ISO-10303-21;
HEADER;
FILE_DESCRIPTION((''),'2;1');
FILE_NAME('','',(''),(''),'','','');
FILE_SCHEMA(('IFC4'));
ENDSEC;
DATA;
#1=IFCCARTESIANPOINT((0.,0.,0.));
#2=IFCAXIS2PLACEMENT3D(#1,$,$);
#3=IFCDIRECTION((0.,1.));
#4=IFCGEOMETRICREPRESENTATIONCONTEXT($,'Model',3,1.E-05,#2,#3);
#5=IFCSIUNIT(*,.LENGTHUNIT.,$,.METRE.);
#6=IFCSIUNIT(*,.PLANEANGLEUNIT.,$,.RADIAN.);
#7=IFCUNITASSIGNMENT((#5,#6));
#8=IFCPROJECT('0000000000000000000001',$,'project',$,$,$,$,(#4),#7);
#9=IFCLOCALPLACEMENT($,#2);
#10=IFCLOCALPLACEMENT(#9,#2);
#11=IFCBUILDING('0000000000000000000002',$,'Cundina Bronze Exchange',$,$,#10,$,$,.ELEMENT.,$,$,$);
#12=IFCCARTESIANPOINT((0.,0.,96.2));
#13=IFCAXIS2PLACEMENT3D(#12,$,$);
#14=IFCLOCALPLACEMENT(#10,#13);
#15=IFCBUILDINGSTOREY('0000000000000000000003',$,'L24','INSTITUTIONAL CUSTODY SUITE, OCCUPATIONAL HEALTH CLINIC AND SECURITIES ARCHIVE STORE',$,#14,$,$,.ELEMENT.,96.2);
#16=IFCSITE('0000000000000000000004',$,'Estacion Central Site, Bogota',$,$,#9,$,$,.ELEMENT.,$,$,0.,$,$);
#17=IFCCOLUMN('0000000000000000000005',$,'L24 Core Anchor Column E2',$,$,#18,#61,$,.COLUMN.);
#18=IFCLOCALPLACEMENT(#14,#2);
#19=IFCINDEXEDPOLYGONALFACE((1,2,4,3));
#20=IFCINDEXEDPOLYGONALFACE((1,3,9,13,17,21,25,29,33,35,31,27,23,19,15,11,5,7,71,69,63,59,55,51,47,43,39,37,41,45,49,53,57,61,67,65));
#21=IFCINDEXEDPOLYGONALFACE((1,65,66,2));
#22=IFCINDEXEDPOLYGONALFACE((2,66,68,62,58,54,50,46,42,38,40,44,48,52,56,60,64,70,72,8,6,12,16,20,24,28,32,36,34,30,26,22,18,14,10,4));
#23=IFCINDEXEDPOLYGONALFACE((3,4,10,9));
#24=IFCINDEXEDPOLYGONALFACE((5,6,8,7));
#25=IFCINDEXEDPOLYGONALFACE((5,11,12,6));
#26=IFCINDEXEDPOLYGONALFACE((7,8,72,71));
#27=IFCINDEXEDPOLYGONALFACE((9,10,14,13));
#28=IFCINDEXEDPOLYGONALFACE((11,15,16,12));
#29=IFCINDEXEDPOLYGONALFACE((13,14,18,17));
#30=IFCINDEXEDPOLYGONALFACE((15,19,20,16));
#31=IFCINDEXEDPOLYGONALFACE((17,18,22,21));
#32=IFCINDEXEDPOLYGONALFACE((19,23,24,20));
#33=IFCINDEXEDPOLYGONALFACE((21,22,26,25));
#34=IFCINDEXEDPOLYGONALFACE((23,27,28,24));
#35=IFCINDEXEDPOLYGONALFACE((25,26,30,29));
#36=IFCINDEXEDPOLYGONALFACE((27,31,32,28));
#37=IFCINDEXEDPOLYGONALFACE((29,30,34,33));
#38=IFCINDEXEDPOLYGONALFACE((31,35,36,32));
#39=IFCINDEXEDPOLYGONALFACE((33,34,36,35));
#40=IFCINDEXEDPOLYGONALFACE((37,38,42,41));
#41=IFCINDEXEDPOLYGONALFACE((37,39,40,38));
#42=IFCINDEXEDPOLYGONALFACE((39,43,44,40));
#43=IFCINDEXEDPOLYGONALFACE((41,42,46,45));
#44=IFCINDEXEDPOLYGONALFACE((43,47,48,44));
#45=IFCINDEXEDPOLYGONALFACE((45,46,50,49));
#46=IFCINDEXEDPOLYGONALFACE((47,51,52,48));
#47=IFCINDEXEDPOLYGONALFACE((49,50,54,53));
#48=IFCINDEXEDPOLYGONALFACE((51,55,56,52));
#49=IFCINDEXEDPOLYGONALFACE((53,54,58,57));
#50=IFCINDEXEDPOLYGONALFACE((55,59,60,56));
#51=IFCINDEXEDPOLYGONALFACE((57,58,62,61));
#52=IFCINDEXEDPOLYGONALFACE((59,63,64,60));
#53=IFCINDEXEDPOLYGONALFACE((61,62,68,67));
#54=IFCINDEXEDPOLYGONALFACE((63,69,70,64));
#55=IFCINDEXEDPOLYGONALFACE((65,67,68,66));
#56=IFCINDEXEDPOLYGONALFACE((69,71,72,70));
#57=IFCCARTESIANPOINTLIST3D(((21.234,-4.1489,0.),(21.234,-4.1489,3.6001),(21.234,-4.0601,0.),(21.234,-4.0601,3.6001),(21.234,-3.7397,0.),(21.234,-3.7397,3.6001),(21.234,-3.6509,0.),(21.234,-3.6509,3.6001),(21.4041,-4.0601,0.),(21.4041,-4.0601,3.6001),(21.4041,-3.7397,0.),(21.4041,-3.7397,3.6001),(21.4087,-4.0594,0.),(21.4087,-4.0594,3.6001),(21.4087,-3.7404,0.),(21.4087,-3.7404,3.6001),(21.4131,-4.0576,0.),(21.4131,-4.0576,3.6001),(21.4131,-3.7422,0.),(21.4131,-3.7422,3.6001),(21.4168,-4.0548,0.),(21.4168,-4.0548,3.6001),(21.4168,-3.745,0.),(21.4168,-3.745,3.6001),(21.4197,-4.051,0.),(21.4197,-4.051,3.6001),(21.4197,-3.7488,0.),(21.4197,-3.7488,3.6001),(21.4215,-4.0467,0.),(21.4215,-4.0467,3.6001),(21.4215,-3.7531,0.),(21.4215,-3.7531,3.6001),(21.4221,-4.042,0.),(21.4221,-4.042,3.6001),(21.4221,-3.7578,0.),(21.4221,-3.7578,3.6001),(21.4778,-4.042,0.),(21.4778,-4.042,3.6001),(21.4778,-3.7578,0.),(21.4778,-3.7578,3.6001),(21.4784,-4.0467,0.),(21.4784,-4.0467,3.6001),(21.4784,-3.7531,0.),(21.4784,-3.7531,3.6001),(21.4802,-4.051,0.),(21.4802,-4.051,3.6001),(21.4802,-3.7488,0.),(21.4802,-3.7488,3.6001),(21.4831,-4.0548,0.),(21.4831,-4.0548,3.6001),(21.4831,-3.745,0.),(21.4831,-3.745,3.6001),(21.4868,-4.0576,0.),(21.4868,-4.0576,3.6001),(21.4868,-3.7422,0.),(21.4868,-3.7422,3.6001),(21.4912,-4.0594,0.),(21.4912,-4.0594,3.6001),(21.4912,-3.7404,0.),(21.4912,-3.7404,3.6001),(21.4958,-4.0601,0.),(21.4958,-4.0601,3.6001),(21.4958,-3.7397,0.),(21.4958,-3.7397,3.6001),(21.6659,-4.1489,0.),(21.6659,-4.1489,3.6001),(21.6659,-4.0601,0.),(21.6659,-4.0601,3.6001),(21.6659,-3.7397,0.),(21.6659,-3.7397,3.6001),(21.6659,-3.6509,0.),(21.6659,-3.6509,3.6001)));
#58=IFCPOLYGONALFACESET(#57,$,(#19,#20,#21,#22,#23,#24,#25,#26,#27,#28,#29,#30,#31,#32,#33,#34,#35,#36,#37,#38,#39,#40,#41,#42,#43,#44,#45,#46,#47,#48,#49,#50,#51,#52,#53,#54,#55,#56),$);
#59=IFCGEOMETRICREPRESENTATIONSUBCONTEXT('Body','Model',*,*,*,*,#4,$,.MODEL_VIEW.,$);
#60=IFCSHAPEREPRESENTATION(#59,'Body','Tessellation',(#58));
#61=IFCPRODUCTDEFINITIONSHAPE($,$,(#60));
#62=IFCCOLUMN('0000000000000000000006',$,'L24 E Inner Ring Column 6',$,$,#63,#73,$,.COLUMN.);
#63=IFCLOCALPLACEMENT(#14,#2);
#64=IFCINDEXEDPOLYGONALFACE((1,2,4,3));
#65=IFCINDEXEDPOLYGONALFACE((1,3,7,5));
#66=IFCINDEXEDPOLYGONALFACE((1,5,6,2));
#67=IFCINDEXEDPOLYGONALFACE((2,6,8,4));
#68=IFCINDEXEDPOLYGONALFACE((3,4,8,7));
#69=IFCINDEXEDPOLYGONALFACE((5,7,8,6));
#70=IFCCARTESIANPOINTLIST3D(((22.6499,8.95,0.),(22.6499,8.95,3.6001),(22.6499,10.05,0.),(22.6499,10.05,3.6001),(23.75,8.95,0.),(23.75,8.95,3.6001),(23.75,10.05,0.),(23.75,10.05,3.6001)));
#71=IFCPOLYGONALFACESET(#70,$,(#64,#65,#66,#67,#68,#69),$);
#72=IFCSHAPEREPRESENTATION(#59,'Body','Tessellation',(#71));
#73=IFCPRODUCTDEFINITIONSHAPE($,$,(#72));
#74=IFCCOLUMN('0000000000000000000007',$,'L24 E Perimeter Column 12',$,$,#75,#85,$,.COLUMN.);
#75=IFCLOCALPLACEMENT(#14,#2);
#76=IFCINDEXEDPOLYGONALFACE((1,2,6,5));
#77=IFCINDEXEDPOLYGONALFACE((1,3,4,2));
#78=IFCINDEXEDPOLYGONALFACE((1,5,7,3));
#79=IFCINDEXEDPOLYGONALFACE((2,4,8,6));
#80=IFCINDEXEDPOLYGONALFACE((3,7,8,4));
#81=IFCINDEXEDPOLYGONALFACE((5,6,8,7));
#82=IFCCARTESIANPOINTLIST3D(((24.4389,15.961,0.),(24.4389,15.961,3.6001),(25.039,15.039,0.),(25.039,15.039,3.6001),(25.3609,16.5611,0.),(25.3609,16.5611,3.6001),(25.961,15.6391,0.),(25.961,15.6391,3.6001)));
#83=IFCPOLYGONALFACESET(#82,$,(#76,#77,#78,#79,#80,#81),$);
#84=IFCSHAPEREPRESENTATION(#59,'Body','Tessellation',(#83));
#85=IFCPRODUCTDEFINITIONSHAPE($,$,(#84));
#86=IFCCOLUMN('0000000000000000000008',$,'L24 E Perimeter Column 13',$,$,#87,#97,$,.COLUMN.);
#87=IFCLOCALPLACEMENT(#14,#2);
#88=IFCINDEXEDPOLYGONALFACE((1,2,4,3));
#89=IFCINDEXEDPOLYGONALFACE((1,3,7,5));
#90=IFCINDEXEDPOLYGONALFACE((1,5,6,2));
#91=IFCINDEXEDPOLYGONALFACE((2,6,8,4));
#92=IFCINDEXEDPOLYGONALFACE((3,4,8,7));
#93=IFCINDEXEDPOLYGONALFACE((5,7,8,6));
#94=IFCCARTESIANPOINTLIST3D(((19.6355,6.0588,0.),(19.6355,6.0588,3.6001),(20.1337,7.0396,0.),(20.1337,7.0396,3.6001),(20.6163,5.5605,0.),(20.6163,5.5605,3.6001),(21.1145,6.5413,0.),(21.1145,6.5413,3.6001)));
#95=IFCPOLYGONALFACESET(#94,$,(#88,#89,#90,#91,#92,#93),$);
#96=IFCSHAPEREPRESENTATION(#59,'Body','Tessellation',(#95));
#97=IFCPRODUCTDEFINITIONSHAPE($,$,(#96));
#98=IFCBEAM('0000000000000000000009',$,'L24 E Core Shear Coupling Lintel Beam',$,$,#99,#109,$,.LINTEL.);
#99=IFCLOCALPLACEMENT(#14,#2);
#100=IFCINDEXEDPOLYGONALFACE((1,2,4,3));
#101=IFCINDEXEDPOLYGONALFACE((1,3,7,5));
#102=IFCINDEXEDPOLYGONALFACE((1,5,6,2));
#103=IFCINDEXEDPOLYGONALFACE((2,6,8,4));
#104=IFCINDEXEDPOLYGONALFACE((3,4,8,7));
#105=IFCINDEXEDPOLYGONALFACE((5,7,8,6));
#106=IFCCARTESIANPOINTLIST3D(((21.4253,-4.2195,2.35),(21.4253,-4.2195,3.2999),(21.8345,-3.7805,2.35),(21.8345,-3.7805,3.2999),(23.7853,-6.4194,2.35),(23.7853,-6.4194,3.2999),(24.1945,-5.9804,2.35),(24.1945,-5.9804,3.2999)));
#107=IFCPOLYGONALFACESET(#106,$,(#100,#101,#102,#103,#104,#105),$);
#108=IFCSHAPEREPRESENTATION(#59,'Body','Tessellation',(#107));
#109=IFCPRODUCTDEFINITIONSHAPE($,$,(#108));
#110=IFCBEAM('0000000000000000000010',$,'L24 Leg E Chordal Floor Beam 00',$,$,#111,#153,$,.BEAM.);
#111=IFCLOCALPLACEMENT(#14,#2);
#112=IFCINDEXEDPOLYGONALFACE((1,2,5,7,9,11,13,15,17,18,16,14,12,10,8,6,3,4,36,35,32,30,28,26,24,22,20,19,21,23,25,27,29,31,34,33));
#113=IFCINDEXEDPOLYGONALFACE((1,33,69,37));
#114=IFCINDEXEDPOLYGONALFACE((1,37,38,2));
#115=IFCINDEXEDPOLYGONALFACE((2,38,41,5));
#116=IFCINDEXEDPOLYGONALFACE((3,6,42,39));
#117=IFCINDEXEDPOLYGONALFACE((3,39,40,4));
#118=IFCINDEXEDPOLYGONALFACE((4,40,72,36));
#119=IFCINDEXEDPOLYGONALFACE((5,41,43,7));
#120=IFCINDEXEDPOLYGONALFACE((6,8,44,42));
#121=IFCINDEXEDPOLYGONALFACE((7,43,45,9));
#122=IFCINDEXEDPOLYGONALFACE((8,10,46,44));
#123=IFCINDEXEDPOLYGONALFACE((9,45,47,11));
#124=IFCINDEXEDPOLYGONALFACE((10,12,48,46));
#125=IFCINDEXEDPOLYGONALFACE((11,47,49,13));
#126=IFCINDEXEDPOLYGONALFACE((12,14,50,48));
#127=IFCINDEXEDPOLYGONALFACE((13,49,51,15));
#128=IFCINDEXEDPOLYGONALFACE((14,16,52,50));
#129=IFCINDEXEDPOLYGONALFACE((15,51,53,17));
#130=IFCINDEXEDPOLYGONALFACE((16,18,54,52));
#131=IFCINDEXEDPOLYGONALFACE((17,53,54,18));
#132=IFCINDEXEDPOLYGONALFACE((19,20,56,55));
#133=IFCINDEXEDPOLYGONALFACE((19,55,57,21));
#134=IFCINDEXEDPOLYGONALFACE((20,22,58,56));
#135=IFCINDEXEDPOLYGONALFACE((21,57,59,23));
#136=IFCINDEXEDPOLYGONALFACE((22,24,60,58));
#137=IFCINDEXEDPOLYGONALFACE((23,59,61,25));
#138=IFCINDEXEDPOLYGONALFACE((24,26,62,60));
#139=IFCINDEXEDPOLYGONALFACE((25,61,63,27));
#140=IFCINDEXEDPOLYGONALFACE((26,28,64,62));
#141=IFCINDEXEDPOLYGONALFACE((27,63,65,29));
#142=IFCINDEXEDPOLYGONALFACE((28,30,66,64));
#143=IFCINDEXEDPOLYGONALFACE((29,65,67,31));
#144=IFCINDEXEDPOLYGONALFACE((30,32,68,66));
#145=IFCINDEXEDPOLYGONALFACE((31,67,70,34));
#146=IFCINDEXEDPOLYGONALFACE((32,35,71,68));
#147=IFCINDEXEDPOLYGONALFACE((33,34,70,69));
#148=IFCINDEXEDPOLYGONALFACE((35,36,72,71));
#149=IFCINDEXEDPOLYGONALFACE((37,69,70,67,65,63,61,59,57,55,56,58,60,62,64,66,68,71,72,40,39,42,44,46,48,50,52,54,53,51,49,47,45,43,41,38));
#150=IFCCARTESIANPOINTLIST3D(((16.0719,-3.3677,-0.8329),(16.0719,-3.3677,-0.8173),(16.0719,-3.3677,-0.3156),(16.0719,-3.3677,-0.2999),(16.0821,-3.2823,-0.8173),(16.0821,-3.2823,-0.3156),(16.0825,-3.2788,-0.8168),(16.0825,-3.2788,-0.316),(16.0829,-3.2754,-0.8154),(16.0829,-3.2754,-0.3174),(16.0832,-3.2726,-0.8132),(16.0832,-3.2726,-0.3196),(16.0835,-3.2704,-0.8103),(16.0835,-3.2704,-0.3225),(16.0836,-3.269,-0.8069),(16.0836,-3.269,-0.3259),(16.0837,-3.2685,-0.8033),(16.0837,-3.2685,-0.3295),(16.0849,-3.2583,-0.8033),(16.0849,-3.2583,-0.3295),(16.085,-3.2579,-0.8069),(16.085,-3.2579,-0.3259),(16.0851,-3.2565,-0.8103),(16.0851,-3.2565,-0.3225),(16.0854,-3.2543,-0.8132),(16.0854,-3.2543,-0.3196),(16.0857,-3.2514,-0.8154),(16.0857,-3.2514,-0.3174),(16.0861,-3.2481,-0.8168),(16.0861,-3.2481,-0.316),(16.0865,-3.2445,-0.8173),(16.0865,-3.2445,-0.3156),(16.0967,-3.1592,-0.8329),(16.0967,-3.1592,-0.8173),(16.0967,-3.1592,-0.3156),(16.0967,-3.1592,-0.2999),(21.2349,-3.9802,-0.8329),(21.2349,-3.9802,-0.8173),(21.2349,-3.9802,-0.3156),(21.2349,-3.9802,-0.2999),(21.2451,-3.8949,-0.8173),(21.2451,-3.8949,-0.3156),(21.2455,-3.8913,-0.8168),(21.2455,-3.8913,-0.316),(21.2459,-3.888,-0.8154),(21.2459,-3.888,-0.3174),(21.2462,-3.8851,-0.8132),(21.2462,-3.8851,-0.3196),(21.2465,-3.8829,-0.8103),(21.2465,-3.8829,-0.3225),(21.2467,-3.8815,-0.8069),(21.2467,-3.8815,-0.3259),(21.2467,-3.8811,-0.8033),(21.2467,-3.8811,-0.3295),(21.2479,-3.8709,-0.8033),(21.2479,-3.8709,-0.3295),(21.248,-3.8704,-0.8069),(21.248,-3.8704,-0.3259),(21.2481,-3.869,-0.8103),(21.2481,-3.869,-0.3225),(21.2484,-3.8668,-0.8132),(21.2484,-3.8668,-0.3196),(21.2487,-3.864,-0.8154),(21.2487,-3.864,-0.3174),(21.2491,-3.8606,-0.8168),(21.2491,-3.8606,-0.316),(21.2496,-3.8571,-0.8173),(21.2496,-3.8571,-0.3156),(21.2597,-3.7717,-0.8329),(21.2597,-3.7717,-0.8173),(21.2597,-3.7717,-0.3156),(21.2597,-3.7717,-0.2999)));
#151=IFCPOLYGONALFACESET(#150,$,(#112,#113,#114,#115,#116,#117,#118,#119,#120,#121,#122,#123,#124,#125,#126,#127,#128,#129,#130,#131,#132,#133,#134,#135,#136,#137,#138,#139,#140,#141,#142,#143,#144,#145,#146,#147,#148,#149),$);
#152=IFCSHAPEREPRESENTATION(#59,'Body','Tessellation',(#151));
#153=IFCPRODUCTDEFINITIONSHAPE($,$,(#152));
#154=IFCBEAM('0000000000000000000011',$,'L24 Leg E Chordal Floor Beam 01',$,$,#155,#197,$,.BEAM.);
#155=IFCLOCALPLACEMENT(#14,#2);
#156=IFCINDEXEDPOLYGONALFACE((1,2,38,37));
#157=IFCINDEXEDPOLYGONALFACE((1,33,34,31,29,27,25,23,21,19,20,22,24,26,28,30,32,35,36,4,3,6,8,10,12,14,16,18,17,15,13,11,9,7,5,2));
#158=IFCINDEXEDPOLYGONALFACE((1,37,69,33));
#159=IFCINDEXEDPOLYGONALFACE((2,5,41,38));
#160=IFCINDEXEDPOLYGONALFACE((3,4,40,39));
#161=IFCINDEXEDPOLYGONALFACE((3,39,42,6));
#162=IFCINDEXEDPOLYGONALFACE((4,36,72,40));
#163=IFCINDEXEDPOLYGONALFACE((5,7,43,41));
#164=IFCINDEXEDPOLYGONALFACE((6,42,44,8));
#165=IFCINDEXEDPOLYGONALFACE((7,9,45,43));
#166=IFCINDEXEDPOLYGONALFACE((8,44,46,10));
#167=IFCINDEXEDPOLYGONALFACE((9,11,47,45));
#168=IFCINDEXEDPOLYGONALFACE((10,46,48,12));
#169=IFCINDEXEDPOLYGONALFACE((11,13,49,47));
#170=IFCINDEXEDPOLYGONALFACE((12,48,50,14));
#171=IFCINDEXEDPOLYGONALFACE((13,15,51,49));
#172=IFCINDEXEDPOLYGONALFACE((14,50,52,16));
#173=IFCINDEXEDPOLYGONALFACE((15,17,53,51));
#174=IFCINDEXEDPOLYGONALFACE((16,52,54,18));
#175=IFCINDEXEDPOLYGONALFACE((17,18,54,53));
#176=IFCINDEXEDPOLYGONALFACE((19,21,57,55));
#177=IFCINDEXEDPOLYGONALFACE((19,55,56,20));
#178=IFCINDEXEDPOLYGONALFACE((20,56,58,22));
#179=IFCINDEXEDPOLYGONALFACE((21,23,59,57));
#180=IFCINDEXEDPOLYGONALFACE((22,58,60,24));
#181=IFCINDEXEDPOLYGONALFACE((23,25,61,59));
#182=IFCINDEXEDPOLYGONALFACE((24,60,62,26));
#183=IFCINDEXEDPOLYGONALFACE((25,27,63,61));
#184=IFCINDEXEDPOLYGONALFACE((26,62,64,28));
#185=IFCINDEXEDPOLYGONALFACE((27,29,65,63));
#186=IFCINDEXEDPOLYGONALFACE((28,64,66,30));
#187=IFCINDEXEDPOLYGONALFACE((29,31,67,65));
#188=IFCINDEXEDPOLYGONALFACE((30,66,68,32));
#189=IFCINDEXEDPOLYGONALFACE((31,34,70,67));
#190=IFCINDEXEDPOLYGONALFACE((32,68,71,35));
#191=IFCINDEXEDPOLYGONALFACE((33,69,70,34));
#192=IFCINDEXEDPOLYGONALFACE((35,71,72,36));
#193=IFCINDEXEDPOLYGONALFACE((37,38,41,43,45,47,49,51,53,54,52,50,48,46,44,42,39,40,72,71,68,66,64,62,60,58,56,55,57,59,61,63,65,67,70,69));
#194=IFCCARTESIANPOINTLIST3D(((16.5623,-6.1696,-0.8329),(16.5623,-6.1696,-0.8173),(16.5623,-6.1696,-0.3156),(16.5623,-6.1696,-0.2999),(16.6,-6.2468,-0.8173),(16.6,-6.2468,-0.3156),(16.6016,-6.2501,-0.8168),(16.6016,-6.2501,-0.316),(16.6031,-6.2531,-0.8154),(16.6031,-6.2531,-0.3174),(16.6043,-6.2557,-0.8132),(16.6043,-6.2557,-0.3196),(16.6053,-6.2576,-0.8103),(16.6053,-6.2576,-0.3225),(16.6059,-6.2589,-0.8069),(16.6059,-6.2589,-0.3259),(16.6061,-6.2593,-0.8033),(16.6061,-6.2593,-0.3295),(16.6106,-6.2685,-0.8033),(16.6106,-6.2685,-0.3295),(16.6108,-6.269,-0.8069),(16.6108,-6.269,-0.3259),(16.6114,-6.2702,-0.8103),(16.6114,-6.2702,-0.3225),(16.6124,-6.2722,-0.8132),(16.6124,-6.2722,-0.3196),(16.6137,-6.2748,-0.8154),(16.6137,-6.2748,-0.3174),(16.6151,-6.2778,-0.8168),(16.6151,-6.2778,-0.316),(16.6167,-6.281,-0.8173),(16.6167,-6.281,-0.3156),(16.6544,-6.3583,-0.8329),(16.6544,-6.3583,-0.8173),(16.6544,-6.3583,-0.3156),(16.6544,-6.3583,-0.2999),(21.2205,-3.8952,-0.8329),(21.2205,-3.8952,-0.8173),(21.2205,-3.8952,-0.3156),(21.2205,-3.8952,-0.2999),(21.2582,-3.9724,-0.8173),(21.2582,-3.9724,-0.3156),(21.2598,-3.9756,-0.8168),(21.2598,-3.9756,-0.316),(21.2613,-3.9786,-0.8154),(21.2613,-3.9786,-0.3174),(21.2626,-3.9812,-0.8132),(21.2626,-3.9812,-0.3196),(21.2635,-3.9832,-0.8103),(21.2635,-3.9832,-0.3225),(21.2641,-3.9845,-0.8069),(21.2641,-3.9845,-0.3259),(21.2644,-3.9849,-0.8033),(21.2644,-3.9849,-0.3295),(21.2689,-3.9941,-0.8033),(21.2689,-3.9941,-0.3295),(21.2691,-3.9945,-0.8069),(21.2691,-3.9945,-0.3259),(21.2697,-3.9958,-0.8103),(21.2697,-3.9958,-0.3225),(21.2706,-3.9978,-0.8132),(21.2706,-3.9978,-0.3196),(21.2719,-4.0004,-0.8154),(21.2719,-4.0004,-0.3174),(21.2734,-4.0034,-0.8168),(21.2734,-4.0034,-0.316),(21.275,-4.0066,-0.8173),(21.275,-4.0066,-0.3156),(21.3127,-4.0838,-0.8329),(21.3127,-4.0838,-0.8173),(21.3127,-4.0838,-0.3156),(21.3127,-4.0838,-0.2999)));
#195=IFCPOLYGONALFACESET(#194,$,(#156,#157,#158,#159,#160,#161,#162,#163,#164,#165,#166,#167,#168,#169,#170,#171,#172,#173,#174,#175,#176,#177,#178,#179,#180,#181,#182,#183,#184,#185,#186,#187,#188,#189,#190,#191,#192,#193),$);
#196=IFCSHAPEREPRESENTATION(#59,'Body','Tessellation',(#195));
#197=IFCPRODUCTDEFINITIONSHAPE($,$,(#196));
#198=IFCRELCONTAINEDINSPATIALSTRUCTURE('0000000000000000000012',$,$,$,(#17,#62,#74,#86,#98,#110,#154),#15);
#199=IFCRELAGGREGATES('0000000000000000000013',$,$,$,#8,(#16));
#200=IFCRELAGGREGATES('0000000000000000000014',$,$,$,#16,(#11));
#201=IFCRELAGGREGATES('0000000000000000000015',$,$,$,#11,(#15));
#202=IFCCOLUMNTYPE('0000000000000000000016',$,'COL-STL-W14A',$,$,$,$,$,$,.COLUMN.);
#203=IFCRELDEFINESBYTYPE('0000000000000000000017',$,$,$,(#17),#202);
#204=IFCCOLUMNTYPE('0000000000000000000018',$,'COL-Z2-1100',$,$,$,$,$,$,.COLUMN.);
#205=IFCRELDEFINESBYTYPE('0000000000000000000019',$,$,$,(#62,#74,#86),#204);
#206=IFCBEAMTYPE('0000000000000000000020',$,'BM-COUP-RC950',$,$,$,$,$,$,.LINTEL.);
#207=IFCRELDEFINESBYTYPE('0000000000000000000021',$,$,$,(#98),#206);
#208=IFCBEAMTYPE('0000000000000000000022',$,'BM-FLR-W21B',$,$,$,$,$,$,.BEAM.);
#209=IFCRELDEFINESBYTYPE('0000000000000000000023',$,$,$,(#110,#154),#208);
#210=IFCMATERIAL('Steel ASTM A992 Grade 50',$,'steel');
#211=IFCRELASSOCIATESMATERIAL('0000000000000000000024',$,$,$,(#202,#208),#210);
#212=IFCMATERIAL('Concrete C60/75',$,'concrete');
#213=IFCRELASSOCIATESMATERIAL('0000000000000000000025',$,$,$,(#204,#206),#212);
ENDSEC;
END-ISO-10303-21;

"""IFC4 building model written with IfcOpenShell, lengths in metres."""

from ifc_helpers import new_model, si_unit, direction, frame, origin, origin_2d, place, context, subcontext, project, spatial, rectangle, i_section, extrude, material, material_profile, profile_set, type_object, element, save


model = new_model("IFC4")

# Units and contexts
model_context = context("Model", 3, precision=1e-05, world=origin(), true_north=direction((0.0, 1.0)))
body_context = subcontext(model_context, "Body", "Model", "MODEL_VIEW")
ifc_project = project(units=[si_unit("LENGTHUNIT", "METRE"), si_unit("PLANEANGLEUNIT", "RADIAN")], contexts=[model_context])

# Site, building, storey
site_placement = place(None, origin())
site = spatial("IfcSite", under=ifc_project, at=site_placement, Name="Estacion Central Site, Bogota", CompositionType="ELEMENT", RefElevation=0.0)
building_placement = place(site_placement, origin())
building = spatial("IfcBuilding", under=site, at=building_placement, Name="Cundina Bronze Exchange", CompositionType="ELEMENT")
storey_placement = place(building_placement, frame((0.0, 0.0, 96.2)))
storey = spatial("IfcBuildingStorey", under=building, at=storey_placement, Name="L24", Description="INSTITUTIONAL CUSTODY SUITE, OCCUPATIONAL HEALTH CLINIC AND SECURITIES ARCHIVE STORE", CompositionType="ELEMENT", Elevation=96.2)

# Columns
ifc_material_1 = material(Name="Steel ASTM A992 Grade 50", Category="steel")
ifc_material_profile_1 = material_profile(ifc_material_1, i_section(OverallWidth=0.4319, OverallDepth=0.498, WebThickness=0.0557, FlangeThickness=0.0889, FilletRadius=0.0181, at=origin_2d()), Name="W14X500", Category="steel")
ifc_profile_set_1 = profile_set([ifc_material_profile_1], Name="Steel ASTM A992 Grade 50")
column_type_1 = type_object("IfcColumnType", Name="COL-STL-W14A", PredefinedType="COLUMN", material=ifc_profile_set_1)
column_placement = place(storey_placement, frame((21.45, -3.8999, 0.0), z_axis=(0.0, 0.0, 1.0), x_axis=(1.0, 0.0, 0.0)))
element("IfcColumn", 1, at=column_placement, inside=storey, type_object=column_type_1, Name="L24 Core Anchor Column E2", PredefinedType="COLUMN", context=body_context, shape_type="SweptSolid", body=[
    extrude(i_section(OverallWidth=0.4319, OverallDepth=0.498, WebThickness=0.0557, FlangeThickness=0.0889, FilletRadius=0.0181, at=origin_2d()), origin(), (0.0, 0.0, 1.0), 3.6001),
])
ifc_material_2 = material(Name="Concrete C60/75", Category="concrete")
ifc_material_profile_2 = material_profile(ifc_material_2, rectangle(XDim=1.1001, YDim=1.1001, at=origin_2d()), Name="RC1100X1100", Category="concrete")
ifc_profile_set_2 = profile_set([ifc_material_profile_2], Name="Concrete C60/75")
column_type_2 = type_object("IfcColumnType", Name="COL-Z2-1100", PredefinedType="COLUMN", material=ifc_profile_set_2)
for number, where, z_axis, x_axis, name in (
    (2, (23.2, 9.5, 0.0), (0.0, 0.0, 1.0), (1.0, 0.0, 0.0), "L24 E Inner Ring Column 6"),
    (3, (25.2, 15.8, 0.0), (0.0, 0.0, 1.0), (-0.8381, -0.545517, 0.0), "L24 E Perimeter Column 12"),
    (4, (20.375, 6.3, 0.0), (0.0, 0.0, 1.0), (-0.452902, -0.891561, 0.0), "L24 E Perimeter Column 13"),
):
    element("IfcColumn", number, at=place(storey_placement, frame(where, z_axis=z_axis, x_axis=x_axis)), inside=storey, type_object=column_type_2, Name=name, PredefinedType="COLUMN", context=body_context, shape_type="SweptSolid", body=[
        extrude(rectangle(XDim=1.1001, YDim=1.1001, at=origin_2d()), origin(), (0.0, 0.0, 1.0), 3.6001),
    ])

# Beams
ifc_material_profile_3 = material_profile(ifc_material_2, rectangle(XDim=0.6001, YDim=0.95, at=origin_2d()), Name="RC600X950", Category="concrete")
ifc_profile_set_3 = profile_set([ifc_material_profile_3], Name="Concrete C60/75")
beam_type_1 = type_object("IfcBeamType", Name="BM-COUP-RC950", PredefinedType="LINTEL", material=ifc_profile_set_3)
beam_1_placement = place(storey_placement, frame((21.6299, -4.0, 2.825), z_axis=(0.73149, -0.681852, 0.0), x_axis=(0.681852, 0.73149, 0.0)))
element("IfcBeam", 5, at=beam_1_placement, inside=storey, type_object=beam_type_1, Name="L24 E Core Shear Coupling Lintel Beam", PredefinedType="LINTEL", context=body_context, shape_type="SweptSolid", body=[
    extrude(rectangle(XDim=0.6001, YDim=0.95, at=origin_2d()), origin(), (0.0, 0.0, 1.0), 3.2263),
])
ifc_material_profile_4 = material_profile(ifc_material_1, i_section(OverallWidth=0.21, OverallDepth=0.533, WebThickness=0.0103, FlangeThickness=0.0156, FilletRadius=0.0139, at=origin_2d()), Name="W21X62", Category="steel")
ifc_profile_set_4 = profile_set([ifc_material_profile_4], Name="Steel ASTM A992 Grade 50")
beam_type_2 = type_object("IfcBeamType", Name="BM-FLR-W21B", PredefinedType="BEAM", material=ifc_profile_set_4)
beam_2_placement = place(storey_placement, frame((21.2473, -3.876, -0.5664), z_axis=(-0.993036, 0.117814, 0.0), x_axis=(-0.117814, -0.993036, 0.0)))
element("IfcBeam", 6, at=beam_2_placement, inside=storey, type_object=beam_type_2, Name="L24 Leg E Chordal Floor Beam 00", PredefinedType="BEAM", context=body_context, shape_type="SweptSolid", body=[
    extrude(i_section(OverallWidth=0.21, OverallDepth=0.533, WebThickness=0.0103, FlangeThickness=0.0156, FilletRadius=0.0139, at=origin_2d()), origin(), (0.0, 0.0, 1.0), 5.1992),
])
beam_3_placement = place(storey_placement, frame((21.2666, -3.9895, -0.5664), z_axis=(-0.898607, -0.438754, 0.0), x_axis=(0.438754, -0.898607, 0.0)))
element("IfcBeam", 7, at=beam_3_placement, inside=storey, type_object=beam_type_2, Name="L24 Leg E Chordal Floor Beam 01", PredefinedType="BEAM", context=body_context, shape_type="SweptSolid", body=[
    extrude(i_section(OverallWidth=0.21, OverallDepth=0.533, WebThickness=0.0103, FlangeThickness=0.0156, FilletRadius=0.0139, at=origin_2d()), origin(), (0.0, 0.0, 1.0), 5.1838),
])

save(model, "model.ifc")
